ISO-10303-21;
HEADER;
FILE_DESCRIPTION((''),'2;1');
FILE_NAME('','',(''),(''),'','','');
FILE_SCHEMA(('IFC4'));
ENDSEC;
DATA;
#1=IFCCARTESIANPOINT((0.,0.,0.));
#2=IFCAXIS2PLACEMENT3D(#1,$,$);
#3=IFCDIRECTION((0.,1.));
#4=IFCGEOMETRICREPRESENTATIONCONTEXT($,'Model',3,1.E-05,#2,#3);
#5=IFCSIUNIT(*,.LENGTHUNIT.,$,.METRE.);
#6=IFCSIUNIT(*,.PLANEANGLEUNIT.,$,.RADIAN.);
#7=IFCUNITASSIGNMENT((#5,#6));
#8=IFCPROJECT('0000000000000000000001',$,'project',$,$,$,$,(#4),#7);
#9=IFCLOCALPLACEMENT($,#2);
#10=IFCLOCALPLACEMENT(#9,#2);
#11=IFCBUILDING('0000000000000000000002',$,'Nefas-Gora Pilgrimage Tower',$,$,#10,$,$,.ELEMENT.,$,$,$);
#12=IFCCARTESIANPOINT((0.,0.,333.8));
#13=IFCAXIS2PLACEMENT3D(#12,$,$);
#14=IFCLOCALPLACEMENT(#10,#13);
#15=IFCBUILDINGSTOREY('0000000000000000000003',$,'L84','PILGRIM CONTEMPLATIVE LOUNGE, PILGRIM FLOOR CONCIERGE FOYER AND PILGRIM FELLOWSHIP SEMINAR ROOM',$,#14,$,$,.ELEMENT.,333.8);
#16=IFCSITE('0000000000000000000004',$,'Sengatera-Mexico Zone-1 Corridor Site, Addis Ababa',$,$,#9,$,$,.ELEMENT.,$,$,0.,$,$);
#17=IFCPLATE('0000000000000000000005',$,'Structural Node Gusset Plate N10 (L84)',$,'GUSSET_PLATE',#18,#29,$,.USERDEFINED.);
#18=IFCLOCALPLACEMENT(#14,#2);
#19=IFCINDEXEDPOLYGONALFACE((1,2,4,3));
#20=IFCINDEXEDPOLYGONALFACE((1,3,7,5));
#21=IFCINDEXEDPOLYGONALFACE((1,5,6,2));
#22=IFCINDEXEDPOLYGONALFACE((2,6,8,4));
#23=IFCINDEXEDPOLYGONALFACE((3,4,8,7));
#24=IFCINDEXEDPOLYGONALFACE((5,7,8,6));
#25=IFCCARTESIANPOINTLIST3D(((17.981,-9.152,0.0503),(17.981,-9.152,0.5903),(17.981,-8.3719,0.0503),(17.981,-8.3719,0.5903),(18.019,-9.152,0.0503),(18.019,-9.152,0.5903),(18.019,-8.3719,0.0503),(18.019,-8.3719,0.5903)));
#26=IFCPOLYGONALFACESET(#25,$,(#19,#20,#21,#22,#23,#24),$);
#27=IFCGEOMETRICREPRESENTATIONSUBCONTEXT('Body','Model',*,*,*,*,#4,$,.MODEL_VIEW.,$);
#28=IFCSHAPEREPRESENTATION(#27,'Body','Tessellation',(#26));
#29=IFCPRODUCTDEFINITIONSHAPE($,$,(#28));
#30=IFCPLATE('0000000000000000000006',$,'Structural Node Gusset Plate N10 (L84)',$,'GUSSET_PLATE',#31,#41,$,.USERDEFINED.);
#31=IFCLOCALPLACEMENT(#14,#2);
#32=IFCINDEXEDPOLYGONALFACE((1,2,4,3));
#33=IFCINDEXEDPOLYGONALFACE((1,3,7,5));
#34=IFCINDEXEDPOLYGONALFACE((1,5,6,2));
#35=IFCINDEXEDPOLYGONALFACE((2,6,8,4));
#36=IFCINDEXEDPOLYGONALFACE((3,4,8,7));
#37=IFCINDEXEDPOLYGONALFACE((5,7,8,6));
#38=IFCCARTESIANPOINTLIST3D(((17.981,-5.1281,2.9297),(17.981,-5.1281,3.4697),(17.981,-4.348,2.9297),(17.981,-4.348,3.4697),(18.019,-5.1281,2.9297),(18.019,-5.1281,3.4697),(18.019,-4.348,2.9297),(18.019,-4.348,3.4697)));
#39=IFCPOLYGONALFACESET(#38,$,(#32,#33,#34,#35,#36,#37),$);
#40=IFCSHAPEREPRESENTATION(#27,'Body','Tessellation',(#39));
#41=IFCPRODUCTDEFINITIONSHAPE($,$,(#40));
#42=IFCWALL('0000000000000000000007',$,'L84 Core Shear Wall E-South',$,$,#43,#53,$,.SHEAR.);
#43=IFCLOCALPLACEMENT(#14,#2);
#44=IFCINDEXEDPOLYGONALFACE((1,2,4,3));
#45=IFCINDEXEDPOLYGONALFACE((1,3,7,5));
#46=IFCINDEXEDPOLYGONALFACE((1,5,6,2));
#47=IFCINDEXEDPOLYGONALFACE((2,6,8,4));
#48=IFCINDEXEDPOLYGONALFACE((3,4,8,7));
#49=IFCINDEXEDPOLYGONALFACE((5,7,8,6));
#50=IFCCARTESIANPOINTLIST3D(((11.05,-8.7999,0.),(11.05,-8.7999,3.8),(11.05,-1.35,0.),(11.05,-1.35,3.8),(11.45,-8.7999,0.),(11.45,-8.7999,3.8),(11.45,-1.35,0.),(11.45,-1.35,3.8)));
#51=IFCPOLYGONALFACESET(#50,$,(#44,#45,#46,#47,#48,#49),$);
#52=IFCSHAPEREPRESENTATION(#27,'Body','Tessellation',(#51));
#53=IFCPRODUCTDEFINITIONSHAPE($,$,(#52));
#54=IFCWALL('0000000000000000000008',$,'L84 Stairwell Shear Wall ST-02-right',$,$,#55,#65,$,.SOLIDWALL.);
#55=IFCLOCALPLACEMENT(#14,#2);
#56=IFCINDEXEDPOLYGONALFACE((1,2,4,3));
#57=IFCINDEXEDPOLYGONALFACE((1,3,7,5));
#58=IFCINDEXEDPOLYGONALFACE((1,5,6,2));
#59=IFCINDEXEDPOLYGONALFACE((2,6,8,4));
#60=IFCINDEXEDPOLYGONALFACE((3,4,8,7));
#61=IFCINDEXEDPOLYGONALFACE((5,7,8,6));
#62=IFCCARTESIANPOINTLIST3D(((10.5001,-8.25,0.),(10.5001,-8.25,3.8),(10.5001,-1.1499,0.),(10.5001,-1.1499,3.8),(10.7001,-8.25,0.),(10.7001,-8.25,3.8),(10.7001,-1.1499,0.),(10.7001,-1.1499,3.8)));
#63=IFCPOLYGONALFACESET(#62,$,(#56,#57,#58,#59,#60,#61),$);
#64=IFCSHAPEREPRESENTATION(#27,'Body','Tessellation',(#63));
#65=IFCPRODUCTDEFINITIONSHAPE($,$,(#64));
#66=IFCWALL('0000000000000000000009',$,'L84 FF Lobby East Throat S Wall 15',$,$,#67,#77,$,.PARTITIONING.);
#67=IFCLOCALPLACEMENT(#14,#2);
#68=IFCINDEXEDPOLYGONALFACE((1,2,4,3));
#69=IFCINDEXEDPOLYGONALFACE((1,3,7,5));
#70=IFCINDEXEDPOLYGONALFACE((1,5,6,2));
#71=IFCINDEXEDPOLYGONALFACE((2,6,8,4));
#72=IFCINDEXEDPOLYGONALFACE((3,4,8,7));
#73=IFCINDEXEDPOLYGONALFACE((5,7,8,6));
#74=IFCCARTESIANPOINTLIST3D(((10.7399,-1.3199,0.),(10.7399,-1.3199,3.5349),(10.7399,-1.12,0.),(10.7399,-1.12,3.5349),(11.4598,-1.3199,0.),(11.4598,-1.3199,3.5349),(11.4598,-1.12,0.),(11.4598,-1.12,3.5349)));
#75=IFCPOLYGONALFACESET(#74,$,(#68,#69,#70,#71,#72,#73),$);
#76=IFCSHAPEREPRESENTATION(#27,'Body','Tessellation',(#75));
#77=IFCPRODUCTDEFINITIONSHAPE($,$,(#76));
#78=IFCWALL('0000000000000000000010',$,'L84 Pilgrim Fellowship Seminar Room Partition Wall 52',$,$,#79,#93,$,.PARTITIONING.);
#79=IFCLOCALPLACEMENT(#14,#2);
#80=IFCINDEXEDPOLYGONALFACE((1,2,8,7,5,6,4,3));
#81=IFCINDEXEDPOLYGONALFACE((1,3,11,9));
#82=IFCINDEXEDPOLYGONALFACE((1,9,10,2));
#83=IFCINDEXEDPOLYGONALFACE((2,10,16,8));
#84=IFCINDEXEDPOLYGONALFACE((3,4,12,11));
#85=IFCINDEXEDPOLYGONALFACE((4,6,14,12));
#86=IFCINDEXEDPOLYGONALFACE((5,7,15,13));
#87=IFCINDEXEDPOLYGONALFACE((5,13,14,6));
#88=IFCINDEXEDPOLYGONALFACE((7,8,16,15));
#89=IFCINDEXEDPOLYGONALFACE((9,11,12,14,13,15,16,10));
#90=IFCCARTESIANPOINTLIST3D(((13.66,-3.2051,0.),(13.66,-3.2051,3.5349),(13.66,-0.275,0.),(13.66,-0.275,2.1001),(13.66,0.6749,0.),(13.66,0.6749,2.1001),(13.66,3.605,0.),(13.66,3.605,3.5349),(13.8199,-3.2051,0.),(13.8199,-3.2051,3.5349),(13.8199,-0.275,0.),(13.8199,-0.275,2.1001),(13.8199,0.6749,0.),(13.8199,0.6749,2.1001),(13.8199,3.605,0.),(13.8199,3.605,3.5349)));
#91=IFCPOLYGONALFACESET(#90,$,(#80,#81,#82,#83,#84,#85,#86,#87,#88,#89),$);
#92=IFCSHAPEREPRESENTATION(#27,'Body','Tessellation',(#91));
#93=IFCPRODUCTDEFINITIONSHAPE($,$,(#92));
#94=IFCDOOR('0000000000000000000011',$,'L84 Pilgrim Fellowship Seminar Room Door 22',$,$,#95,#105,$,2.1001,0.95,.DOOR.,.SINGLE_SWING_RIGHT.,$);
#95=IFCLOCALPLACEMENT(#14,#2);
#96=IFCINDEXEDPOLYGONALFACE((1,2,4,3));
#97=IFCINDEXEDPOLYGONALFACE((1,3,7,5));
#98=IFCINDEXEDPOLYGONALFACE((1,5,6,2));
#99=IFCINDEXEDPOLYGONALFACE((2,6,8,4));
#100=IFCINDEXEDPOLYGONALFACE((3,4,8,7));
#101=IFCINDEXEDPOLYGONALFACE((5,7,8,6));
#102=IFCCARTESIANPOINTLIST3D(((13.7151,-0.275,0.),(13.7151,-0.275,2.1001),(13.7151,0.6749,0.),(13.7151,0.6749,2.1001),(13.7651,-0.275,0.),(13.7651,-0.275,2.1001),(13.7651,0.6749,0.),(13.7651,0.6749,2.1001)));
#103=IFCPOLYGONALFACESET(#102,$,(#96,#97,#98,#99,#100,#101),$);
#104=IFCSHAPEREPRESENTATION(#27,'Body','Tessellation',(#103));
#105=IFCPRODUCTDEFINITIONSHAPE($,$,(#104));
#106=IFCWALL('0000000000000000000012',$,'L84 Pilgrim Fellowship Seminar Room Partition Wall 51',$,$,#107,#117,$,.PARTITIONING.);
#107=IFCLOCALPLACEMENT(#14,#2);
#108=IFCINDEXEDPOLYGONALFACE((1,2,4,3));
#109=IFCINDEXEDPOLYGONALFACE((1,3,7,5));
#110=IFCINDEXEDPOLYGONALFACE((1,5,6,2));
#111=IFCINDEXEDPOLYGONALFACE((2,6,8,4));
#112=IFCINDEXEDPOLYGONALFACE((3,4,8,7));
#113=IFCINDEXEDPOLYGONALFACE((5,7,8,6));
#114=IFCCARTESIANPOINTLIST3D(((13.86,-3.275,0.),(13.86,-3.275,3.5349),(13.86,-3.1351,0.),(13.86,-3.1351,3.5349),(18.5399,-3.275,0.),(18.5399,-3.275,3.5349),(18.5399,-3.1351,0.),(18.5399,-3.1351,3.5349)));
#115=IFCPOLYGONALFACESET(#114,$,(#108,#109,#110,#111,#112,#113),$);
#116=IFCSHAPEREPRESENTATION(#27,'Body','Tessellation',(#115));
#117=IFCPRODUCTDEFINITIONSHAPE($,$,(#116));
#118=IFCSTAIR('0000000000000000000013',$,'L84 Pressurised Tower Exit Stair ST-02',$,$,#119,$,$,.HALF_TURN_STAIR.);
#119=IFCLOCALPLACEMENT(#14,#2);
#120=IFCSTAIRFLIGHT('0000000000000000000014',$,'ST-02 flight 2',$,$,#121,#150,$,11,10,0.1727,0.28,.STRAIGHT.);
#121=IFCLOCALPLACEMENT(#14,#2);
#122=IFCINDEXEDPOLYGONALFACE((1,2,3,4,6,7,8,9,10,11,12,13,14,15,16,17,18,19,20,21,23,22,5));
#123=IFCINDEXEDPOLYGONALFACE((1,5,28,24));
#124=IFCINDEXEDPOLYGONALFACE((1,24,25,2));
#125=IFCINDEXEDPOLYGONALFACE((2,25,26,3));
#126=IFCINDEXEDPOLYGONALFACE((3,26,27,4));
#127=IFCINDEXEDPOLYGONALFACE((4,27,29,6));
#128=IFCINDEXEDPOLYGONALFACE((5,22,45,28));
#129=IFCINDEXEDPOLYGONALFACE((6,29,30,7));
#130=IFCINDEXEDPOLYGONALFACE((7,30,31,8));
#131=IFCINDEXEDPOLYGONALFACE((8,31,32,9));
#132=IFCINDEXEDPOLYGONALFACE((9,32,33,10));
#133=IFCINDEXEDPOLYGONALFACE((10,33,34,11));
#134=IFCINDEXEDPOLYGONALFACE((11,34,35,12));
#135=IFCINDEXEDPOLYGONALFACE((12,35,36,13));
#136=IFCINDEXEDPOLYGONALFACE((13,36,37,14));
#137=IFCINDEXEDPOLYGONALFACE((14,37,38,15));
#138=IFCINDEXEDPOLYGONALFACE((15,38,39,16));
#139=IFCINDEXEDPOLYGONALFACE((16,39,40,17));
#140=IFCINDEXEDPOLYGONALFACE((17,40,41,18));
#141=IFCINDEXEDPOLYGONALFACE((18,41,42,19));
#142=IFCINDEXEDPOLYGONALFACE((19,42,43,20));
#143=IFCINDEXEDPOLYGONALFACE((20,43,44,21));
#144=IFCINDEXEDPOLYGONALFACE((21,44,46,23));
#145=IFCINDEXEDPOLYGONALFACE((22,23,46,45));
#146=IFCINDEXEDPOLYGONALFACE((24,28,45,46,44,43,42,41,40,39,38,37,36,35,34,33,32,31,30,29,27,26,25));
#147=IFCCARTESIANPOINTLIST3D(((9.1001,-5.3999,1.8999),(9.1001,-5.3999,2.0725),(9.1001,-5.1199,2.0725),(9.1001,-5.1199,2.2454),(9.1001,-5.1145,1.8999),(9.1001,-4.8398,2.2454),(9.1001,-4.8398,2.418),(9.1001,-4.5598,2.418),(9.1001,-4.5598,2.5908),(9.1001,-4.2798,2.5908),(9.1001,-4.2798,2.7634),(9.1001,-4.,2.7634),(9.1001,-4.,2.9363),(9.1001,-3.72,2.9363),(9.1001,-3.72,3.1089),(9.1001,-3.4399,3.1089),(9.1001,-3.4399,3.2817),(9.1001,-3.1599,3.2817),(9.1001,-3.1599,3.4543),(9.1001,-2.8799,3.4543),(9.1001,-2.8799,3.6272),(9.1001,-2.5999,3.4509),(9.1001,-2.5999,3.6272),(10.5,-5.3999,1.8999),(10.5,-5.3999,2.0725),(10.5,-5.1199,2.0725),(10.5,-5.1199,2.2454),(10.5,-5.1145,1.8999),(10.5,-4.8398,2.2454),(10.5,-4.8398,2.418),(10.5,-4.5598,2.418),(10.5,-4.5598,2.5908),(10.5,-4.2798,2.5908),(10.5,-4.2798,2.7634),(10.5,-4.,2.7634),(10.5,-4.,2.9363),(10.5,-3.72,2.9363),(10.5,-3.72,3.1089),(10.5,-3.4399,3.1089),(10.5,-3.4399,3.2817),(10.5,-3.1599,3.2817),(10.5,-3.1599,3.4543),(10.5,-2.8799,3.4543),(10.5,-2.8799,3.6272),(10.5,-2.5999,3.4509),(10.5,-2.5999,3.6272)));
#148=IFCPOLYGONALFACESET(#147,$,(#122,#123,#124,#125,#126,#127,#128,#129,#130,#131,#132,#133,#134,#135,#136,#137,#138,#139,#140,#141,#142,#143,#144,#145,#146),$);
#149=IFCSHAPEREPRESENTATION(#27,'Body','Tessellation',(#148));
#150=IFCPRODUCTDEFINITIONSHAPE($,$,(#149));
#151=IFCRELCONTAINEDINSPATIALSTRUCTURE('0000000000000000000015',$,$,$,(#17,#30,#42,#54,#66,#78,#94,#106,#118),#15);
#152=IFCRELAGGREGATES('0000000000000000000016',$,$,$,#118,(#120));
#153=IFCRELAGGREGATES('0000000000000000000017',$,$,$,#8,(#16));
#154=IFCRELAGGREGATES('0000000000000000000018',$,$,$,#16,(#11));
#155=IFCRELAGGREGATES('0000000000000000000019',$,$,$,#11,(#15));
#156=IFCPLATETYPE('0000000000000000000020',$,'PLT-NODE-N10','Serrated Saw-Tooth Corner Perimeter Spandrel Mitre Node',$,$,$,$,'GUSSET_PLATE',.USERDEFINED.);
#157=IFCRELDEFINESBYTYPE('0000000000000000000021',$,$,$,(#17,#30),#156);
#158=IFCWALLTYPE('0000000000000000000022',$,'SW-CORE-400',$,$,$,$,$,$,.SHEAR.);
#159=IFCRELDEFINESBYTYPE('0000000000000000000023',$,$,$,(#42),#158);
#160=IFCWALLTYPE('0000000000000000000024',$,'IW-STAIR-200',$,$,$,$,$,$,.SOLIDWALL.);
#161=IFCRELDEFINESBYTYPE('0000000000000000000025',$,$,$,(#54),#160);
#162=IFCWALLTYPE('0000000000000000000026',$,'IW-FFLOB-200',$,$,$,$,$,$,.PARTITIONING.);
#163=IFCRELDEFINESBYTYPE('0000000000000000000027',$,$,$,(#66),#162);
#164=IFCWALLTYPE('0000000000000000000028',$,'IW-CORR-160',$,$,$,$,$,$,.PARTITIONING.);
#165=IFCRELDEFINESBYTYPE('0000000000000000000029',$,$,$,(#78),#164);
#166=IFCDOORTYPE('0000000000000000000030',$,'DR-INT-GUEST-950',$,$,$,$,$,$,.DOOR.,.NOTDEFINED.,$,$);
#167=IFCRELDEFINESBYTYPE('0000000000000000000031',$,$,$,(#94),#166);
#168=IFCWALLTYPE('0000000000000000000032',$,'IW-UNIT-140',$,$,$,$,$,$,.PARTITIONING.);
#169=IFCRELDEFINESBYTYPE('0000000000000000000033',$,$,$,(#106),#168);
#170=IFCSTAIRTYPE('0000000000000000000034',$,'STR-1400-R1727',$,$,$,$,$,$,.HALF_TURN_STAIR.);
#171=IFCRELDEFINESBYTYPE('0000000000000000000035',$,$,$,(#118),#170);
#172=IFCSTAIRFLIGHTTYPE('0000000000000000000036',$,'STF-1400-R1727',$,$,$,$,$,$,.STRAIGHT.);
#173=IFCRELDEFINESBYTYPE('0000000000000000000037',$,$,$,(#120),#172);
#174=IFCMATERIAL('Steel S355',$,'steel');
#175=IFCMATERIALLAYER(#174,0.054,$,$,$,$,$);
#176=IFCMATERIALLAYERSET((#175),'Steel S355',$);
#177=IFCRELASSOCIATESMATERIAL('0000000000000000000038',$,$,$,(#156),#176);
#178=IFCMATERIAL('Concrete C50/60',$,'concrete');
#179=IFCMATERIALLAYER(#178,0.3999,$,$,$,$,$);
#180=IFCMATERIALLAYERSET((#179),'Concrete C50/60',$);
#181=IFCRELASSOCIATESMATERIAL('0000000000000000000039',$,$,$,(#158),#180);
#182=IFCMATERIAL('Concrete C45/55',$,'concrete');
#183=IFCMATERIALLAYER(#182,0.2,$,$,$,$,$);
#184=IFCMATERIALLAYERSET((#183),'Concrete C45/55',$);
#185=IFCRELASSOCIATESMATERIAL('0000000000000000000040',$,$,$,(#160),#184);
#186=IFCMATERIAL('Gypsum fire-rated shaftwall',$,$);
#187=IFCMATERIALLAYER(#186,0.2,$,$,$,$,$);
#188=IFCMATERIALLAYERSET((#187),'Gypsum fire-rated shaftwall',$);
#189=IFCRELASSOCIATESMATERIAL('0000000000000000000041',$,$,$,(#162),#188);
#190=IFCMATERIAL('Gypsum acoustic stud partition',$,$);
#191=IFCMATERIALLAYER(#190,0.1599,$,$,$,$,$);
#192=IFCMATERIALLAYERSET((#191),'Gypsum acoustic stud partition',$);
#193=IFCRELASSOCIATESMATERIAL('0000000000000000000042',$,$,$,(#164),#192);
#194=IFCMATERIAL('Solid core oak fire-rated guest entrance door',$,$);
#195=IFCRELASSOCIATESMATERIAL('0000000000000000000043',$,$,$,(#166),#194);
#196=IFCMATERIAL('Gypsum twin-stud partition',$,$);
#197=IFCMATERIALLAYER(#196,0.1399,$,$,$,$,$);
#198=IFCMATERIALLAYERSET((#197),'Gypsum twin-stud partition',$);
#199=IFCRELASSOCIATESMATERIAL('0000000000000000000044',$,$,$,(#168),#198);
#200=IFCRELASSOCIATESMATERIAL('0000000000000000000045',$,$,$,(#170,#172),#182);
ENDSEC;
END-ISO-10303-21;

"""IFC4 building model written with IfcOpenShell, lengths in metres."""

from ifc_helpers import new_model, si_unit, direction, frame, frame_2d, origin, origin_2d, place, context, subcontext, project, spatial, polyline, rectangle, outline, extrude, source, transform, mapped, material, layer, layer_set, type_object, element, fill, aggregate, save


model = new_model("IFC4")

# Units and contexts
model_context = context("Model", 3, precision=1e-05, world=origin(), true_north=direction((0.0, 1.0)))
body_context = subcontext(model_context, "Body", "Model", "MODEL_VIEW")
ifc_project = project(units=[si_unit("LENGTHUNIT", "METRE"), si_unit("PLANEANGLEUNIT", "RADIAN")], contexts=[model_context])

# Site, building, storey
site_placement = place(None, origin())
site = spatial("IfcSite", under=ifc_project, at=site_placement, Name="Sengatera-Mexico Zone-1 Corridor Site, Addis Ababa", CompositionType="ELEMENT", RefElevation=0.0)
building_placement = place(site_placement, origin())
building = spatial("IfcBuilding", under=site, at=building_placement, Name="Nefas-Gora Pilgrimage Tower", CompositionType="ELEMENT")
storey_placement = place(building_placement, frame((0.0, 0.0, 333.8)))
storey = spatial("IfcBuildingStorey", under=building, at=storey_placement, Name="L84", Description="PILGRIM CONTEMPLATIVE LOUNGE, PILGRIM FLOOR CONCIERGE FOYER AND PILGRIM FELLOWSHIP SEMINAR ROOM", CompositionType="ELEMENT", Elevation=333.8)

# Shared definitions
ifc_material_1 = material(Name="Steel S355", Category="steel")

# Shared definitions
ifc_material_2 = material(Name="Concrete C50/60", Category="concrete")

# Plates
ifc_layer_1 = layer(ifc_material_1, 0.054)
ifc_layer_set_1 = layer_set([ifc_layer_1], Name="Steel S355")
plate_type = type_object("IfcPlateType", Name="PLT-NODE-N10", Description="Serrated Saw-Tooth Corner Perimeter Spandrel Mitre Node", ElementType="GUSSET_PLATE", PredefinedType="USERDEFINED", material=ifc_layer_set_1)
shared_shape_1 = source(origin(), body_context, "Body", "SweptSolid", [
    extrude(rectangle(XDim=0.78, YDim=0.0381, at=origin_2d()), origin(), (0.0, 0.0, 1.0), 0.54),
])
for number, where, z_axis, x_axis, name in (
    (1, (18.0, -8.762, 0.0503), (0.0, 0.0, 1.0), (0.0, 1.0, 0.0), "Structural Node Gusset Plate N10 (L84)"),
    (2, (18.0, -4.738, 2.9297), (0.0, 0.0, 1.0), (0.0, 1.0, 0.0), "Structural Node Gusset Plate N10 (L84)"),
):
    element("IfcPlate", number, at=place(storey_placement, frame(where, z_axis=z_axis, x_axis=x_axis)), inside=storey, type_object=plate_type, Name=name, ObjectType="GUSSET_PLATE", PredefinedType="USERDEFINED", context=body_context, shape_type="MappedRepresentation", body=[
        mapped(shared_shape_1, transform((0.0, 0.0, 0.0), x_axis=(1.0, 0.0, 0.0), y_axis=(0.0, 1.0, 0.0), z_axis=(0.0, 0.0, 1.0), scale=1.0)),
    ])

# Walls
ifc_layer_2 = layer(ifc_material_2, 0.3999)
ifc_layer_set_2 = layer_set([ifc_layer_2], Name="Concrete C50/60")
wall_type_1 = type_object("IfcWallType", Name="SW-CORE-400", PredefinedType="SHEAR", material=ifc_layer_set_2)
shared_shape_2 = source(origin(), body_context, "Body", "SweptSolid", [
    extrude(rectangle(XDim=7.45, YDim=0.3999, at=frame_2d((3.7251, 0.0))), origin(), (0.0, 0.0, 1.0), 3.8),
])
wall_1_placement = place(storey_placement, frame((11.25, -8.8, 0.0), z_axis=(0.0, 0.0, 1.0), x_axis=(0.0, 1.0, 0.0)))
element("IfcWall", 3, at=wall_1_placement, inside=storey, type_object=wall_type_1, Name="L84 Core Shear Wall E-South", PredefinedType="SHEAR", context=body_context, shape_type="MappedRepresentation", body=[
    mapped(shared_shape_2, transform((0.0, 0.0, 0.0), x_axis=(1.0, 0.0, 0.0), y_axis=(0.0, 1.0, 0.0), z_axis=(0.0, 0.0, 1.0), scale=1.0)),
])
ifc_material_3 = material(Name="Concrete C45/55", Category="concrete")
ifc_layer_3 = layer(ifc_material_3, 0.2)
ifc_layer_set_3 = layer_set([ifc_layer_3], Name="Concrete C45/55")
wall_type_2 = type_object("IfcWallType", Name="IW-STAIR-200", PredefinedType="SOLIDWALL", material=ifc_layer_set_3)
shared_shape_3 = source(origin(), body_context, "Body", "SweptSolid", [
    extrude(rectangle(XDim=7.1001, YDim=0.2, at=frame_2d((3.55, 0.0))), origin(), (0.0, 0.0, 1.0), 3.8),
])
wall_2_placement = place(storey_placement, frame((10.6001, -1.1499, 0.0), z_axis=(0.0, 0.0, 1.0), x_axis=(0.0, -1.0, 0.0)))
element("IfcWall", 4, at=wall_2_placement, inside=storey, type_object=wall_type_2, Name="L84 Stairwell Shear Wall ST-02-right", PredefinedType="SOLIDWALL", context=body_context, shape_type="MappedRepresentation", body=[
    mapped(shared_shape_3, transform((0.0, 0.0, 0.0), x_axis=(1.0, 0.0, 0.0), y_axis=(0.0, 1.0, 0.0), z_axis=(0.0, 0.0, 1.0), scale=1.0)),
])
ifc_material_4 = material(Name="Gypsum fire-rated shaftwall")
ifc_layer_4 = layer(ifc_material_4, 0.2)
ifc_layer_set_4 = layer_set([ifc_layer_4], Name="Gypsum fire-rated shaftwall")
wall_type_3 = type_object("IfcWallType", Name="IW-FFLOB-200", PredefinedType="PARTITIONING", material=ifc_layer_set_4)
shared_shape_4 = source(origin(), body_context, "Body", "SweptSolid", [
    extrude(rectangle(XDim=0.72, YDim=0.2, at=frame_2d((0.3599, 0.0))), origin(), (0.0, 0.0, 1.0), 3.5349),
])
wall_3_placement = place(storey_placement, frame((10.74, -1.22, 0.0), z_axis=(0.0, 0.0, 1.0), x_axis=(1.0, 0.0, 0.0)))
element("IfcWall", 5, at=wall_3_placement, inside=storey, type_object=wall_type_3, Name="L84 FF Lobby East Throat S Wall 15", PredefinedType="PARTITIONING", context=body_context, shape_type="MappedRepresentation", body=[
    mapped(shared_shape_4, transform((0.0, 0.0, 0.0), x_axis=(1.0, 0.0, 0.0), y_axis=(0.0, 1.0, 0.0), z_axis=(0.0, 0.0, 1.0), scale=1.0)),
])

# Wall, opening, door
ifc_material_5 = material(Name="Gypsum acoustic stud partition")
ifc_layer_5 = layer(ifc_material_5, 0.1599)
ifc_layer_set_5 = layer_set([ifc_layer_5], Name="Gypsum acoustic stud partition")
wall_type_4 = type_object("IfcWallType", Name="IW-CORR-160", PredefinedType="PARTITIONING", material=ifc_layer_set_5)
shared_shape_5 = source(origin(), body_context, "Body", "SweptSolid", [
    extrude(rectangle(XDim=6.8101, YDim=0.1599, at=frame_2d((3.405, 0.0))), origin(), (0.0, 0.0, 1.0), 3.5349),
])
wall_4_placement = place(storey_placement, frame((13.74, -3.2051, 0.0), z_axis=(0.0, 0.0, 1.0), x_axis=(0.0, 1.0, 0.0)))
wall_4 = element("IfcWall", 6, at=wall_4_placement, inside=storey, type_object=wall_type_4, Name="L84 Pilgrim Fellowship Seminar Room Partition Wall 52", PredefinedType="PARTITIONING", context=body_context, shape_type="MappedRepresentation", body=[
    mapped(shared_shape_5, transform((0.0, 0.0, 0.0), x_axis=(1.0, 0.0, 0.0), y_axis=(0.0, 1.0, 0.0), z_axis=(0.0, 0.0, 1.0), scale=1.0)),
])
opening_1_placement = place(wall_4_placement, frame((2.9299, 0.0, 0.0)))
opening_1 = element("IfcOpeningElement", 7, at=opening_1_placement, cuts=wall_4, PredefinedType="OPENING", context=body_context, shape_type="SweptSolid", body=[
    extrude(rectangle(XDim=0.95, YDim=2.1001, at=frame_2d((0.4751, 1.05))), frame((0.0, 0.0898, 0.0), z_axis=(0.0, -1.0, 0.0), x_axis=(1.0, 0.0, 0.0)), (0.0, 0.0, 1.0), 0.1799),
])
ifc_material_6 = material(Name="Solid core oak fire-rated guest entrance door")
door_type_1 = type_object("IfcDoorType", Name="DR-INT-GUEST-950", OperationType="NOTDEFINED", PredefinedType="DOOR", material=ifc_material_6)
shared_shape_6 = source(origin(), body_context, "Body", "SweptSolid", [
    extrude(rectangle(XDim=0.95, YDim=2.1001, at=frame_2d((0.4751, 1.05))), frame((0.0, 0.0249, 0.0), z_axis=(0.0, -1.0, 0.0), x_axis=(1.0, 0.0, 0.0)), (0.0, 0.0, 1.0), 0.05),
])
door_1_placement = place(opening_1_placement, origin())
door_1 = element("IfcDoor", 8, at=door_1_placement, inside=storey, type_object=door_type_1, Name="L84 Pilgrim Fellowship Seminar Room Door 22", OperationType="SINGLE_SWING_RIGHT", OverallHeight=2.1001, OverallWidth=0.95, PredefinedType="DOOR", context=body_context, shape_type="MappedRepresentation", body=[
    mapped(shared_shape_6, transform((0.0, 0.0, 0.0), x_axis=(1.0, 0.0, 0.0), y_axis=(0.0, 1.0, 0.0), z_axis=(0.0, 0.0, 1.0), scale=1.0)),
])
fill(opening_1, door_1)

# Wall
ifc_material_7 = material(Name="Gypsum twin-stud partition")
ifc_layer_6 = layer(ifc_material_7, 0.1399)
ifc_layer_set_6 = layer_set([ifc_layer_6], Name="Gypsum twin-stud partition")
wall_type_5 = type_object("IfcWallType", Name="IW-UNIT-140", PredefinedType="PARTITIONING", material=ifc_layer_set_6)
shared_shape_7 = source(origin(), body_context, "Body", "SweptSolid", [
    extrude(rectangle(XDim=4.6799, YDim=0.1399, at=frame_2d((2.3398, 0.0))), origin(), (0.0, 0.0, 1.0), 3.5349),
])
wall_5_placement = place(storey_placement, frame((13.8601, -3.2051, 0.0), z_axis=(0.0, 0.0, 1.0), x_axis=(1.0, 0.0, 0.0)))
element("IfcWall", 9, at=wall_5_placement, inside=storey, type_object=wall_type_5, Name="L84 Pilgrim Fellowship Seminar Room Partition Wall 51", PredefinedType="PARTITIONING", context=body_context, shape_type="MappedRepresentation", body=[
    mapped(shared_shape_7, transform((0.0, 0.0, 0.0), x_axis=(1.0, 0.0, 0.0), y_axis=(0.0, 1.0, 0.0), z_axis=(0.0, 0.0, 1.0), scale=1.0)),
])

# Stair, stair flight
stair_type = type_object("IfcStairType", Name="STR-1400-R1727", PredefinedType="HALF_TURN_STAIR", material=ifc_material_3)
stair_placement = place(storey_placement, origin())
stair = element("IfcStair", 10, at=stair_placement, inside=storey, type_object=stair_type, Name="L84 Pressurised Tower Exit Stair ST-02", PredefinedType="HALF_TURN_STAIR")
stair_flight_type = type_object("IfcStairFlightType", Name="STF-1400-R1727", PredefinedType="STRAIGHT", material=ifc_material_3)
shared_shape_8 = source(origin(), body_context, "Body", "SweptSolid", [
    extrude(outline(polyline([(0.0, 0.0), (0.0, 0.1726), (0.28, 0.1726), (0.28, 0.3455), (0.5601, 0.3455), (0.5601, 0.5181), (0.8401, 0.5181), (0.8401, 0.6909), (1.1201, 0.6909), (1.1201, 0.8635), (1.3999, 0.8635), (1.3999, 1.0364), (1.6799, 1.0364), (1.6799, 1.209), (1.96, 1.209), (1.96, 1.3818), (2.24, 1.3818), (2.24, 1.5544), (2.52, 1.5544), (2.52, 1.7273), (2.8, 1.7273), (2.8, 1.8999), (2.8, 1.551), (0.2854, 0.0), (0.0, 0.0)])), frame((0.0, 0.7, 0.0), z_axis=(0.0, -1.0, 0.0), x_axis=(1.0, 0.0, 0.0)), (0.0, 0.0, 1.0), 1.3999),
])
stair_flight_placement = place(storey_placement, frame((9.8, -5.3999, 1.8999), z_axis=(0.0, 0.0, 1.0), x_axis=(0.0, 1.0, 0.0)))
stair_flight = element("IfcStairFlight", 11, at=stair_flight_placement, type_object=stair_flight_type, Name="ST-02 flight 2", NumberOfRisers=11, NumberOfTreads=10, PredefinedType="STRAIGHT", RiserHeight=0.1727, TreadLength=0.28, context=body_context, shape_type="MappedRepresentation", body=[
    mapped(shared_shape_8, transform((0.0, 0.0, 0.0), x_axis=(1.0, 0.0, 0.0), y_axis=(0.0, 1.0, 0.0), z_axis=(0.0, 0.0, 1.0), scale=1.0)),
])
aggregate(stair, [stair_flight])

save(model, "model.ifc")
